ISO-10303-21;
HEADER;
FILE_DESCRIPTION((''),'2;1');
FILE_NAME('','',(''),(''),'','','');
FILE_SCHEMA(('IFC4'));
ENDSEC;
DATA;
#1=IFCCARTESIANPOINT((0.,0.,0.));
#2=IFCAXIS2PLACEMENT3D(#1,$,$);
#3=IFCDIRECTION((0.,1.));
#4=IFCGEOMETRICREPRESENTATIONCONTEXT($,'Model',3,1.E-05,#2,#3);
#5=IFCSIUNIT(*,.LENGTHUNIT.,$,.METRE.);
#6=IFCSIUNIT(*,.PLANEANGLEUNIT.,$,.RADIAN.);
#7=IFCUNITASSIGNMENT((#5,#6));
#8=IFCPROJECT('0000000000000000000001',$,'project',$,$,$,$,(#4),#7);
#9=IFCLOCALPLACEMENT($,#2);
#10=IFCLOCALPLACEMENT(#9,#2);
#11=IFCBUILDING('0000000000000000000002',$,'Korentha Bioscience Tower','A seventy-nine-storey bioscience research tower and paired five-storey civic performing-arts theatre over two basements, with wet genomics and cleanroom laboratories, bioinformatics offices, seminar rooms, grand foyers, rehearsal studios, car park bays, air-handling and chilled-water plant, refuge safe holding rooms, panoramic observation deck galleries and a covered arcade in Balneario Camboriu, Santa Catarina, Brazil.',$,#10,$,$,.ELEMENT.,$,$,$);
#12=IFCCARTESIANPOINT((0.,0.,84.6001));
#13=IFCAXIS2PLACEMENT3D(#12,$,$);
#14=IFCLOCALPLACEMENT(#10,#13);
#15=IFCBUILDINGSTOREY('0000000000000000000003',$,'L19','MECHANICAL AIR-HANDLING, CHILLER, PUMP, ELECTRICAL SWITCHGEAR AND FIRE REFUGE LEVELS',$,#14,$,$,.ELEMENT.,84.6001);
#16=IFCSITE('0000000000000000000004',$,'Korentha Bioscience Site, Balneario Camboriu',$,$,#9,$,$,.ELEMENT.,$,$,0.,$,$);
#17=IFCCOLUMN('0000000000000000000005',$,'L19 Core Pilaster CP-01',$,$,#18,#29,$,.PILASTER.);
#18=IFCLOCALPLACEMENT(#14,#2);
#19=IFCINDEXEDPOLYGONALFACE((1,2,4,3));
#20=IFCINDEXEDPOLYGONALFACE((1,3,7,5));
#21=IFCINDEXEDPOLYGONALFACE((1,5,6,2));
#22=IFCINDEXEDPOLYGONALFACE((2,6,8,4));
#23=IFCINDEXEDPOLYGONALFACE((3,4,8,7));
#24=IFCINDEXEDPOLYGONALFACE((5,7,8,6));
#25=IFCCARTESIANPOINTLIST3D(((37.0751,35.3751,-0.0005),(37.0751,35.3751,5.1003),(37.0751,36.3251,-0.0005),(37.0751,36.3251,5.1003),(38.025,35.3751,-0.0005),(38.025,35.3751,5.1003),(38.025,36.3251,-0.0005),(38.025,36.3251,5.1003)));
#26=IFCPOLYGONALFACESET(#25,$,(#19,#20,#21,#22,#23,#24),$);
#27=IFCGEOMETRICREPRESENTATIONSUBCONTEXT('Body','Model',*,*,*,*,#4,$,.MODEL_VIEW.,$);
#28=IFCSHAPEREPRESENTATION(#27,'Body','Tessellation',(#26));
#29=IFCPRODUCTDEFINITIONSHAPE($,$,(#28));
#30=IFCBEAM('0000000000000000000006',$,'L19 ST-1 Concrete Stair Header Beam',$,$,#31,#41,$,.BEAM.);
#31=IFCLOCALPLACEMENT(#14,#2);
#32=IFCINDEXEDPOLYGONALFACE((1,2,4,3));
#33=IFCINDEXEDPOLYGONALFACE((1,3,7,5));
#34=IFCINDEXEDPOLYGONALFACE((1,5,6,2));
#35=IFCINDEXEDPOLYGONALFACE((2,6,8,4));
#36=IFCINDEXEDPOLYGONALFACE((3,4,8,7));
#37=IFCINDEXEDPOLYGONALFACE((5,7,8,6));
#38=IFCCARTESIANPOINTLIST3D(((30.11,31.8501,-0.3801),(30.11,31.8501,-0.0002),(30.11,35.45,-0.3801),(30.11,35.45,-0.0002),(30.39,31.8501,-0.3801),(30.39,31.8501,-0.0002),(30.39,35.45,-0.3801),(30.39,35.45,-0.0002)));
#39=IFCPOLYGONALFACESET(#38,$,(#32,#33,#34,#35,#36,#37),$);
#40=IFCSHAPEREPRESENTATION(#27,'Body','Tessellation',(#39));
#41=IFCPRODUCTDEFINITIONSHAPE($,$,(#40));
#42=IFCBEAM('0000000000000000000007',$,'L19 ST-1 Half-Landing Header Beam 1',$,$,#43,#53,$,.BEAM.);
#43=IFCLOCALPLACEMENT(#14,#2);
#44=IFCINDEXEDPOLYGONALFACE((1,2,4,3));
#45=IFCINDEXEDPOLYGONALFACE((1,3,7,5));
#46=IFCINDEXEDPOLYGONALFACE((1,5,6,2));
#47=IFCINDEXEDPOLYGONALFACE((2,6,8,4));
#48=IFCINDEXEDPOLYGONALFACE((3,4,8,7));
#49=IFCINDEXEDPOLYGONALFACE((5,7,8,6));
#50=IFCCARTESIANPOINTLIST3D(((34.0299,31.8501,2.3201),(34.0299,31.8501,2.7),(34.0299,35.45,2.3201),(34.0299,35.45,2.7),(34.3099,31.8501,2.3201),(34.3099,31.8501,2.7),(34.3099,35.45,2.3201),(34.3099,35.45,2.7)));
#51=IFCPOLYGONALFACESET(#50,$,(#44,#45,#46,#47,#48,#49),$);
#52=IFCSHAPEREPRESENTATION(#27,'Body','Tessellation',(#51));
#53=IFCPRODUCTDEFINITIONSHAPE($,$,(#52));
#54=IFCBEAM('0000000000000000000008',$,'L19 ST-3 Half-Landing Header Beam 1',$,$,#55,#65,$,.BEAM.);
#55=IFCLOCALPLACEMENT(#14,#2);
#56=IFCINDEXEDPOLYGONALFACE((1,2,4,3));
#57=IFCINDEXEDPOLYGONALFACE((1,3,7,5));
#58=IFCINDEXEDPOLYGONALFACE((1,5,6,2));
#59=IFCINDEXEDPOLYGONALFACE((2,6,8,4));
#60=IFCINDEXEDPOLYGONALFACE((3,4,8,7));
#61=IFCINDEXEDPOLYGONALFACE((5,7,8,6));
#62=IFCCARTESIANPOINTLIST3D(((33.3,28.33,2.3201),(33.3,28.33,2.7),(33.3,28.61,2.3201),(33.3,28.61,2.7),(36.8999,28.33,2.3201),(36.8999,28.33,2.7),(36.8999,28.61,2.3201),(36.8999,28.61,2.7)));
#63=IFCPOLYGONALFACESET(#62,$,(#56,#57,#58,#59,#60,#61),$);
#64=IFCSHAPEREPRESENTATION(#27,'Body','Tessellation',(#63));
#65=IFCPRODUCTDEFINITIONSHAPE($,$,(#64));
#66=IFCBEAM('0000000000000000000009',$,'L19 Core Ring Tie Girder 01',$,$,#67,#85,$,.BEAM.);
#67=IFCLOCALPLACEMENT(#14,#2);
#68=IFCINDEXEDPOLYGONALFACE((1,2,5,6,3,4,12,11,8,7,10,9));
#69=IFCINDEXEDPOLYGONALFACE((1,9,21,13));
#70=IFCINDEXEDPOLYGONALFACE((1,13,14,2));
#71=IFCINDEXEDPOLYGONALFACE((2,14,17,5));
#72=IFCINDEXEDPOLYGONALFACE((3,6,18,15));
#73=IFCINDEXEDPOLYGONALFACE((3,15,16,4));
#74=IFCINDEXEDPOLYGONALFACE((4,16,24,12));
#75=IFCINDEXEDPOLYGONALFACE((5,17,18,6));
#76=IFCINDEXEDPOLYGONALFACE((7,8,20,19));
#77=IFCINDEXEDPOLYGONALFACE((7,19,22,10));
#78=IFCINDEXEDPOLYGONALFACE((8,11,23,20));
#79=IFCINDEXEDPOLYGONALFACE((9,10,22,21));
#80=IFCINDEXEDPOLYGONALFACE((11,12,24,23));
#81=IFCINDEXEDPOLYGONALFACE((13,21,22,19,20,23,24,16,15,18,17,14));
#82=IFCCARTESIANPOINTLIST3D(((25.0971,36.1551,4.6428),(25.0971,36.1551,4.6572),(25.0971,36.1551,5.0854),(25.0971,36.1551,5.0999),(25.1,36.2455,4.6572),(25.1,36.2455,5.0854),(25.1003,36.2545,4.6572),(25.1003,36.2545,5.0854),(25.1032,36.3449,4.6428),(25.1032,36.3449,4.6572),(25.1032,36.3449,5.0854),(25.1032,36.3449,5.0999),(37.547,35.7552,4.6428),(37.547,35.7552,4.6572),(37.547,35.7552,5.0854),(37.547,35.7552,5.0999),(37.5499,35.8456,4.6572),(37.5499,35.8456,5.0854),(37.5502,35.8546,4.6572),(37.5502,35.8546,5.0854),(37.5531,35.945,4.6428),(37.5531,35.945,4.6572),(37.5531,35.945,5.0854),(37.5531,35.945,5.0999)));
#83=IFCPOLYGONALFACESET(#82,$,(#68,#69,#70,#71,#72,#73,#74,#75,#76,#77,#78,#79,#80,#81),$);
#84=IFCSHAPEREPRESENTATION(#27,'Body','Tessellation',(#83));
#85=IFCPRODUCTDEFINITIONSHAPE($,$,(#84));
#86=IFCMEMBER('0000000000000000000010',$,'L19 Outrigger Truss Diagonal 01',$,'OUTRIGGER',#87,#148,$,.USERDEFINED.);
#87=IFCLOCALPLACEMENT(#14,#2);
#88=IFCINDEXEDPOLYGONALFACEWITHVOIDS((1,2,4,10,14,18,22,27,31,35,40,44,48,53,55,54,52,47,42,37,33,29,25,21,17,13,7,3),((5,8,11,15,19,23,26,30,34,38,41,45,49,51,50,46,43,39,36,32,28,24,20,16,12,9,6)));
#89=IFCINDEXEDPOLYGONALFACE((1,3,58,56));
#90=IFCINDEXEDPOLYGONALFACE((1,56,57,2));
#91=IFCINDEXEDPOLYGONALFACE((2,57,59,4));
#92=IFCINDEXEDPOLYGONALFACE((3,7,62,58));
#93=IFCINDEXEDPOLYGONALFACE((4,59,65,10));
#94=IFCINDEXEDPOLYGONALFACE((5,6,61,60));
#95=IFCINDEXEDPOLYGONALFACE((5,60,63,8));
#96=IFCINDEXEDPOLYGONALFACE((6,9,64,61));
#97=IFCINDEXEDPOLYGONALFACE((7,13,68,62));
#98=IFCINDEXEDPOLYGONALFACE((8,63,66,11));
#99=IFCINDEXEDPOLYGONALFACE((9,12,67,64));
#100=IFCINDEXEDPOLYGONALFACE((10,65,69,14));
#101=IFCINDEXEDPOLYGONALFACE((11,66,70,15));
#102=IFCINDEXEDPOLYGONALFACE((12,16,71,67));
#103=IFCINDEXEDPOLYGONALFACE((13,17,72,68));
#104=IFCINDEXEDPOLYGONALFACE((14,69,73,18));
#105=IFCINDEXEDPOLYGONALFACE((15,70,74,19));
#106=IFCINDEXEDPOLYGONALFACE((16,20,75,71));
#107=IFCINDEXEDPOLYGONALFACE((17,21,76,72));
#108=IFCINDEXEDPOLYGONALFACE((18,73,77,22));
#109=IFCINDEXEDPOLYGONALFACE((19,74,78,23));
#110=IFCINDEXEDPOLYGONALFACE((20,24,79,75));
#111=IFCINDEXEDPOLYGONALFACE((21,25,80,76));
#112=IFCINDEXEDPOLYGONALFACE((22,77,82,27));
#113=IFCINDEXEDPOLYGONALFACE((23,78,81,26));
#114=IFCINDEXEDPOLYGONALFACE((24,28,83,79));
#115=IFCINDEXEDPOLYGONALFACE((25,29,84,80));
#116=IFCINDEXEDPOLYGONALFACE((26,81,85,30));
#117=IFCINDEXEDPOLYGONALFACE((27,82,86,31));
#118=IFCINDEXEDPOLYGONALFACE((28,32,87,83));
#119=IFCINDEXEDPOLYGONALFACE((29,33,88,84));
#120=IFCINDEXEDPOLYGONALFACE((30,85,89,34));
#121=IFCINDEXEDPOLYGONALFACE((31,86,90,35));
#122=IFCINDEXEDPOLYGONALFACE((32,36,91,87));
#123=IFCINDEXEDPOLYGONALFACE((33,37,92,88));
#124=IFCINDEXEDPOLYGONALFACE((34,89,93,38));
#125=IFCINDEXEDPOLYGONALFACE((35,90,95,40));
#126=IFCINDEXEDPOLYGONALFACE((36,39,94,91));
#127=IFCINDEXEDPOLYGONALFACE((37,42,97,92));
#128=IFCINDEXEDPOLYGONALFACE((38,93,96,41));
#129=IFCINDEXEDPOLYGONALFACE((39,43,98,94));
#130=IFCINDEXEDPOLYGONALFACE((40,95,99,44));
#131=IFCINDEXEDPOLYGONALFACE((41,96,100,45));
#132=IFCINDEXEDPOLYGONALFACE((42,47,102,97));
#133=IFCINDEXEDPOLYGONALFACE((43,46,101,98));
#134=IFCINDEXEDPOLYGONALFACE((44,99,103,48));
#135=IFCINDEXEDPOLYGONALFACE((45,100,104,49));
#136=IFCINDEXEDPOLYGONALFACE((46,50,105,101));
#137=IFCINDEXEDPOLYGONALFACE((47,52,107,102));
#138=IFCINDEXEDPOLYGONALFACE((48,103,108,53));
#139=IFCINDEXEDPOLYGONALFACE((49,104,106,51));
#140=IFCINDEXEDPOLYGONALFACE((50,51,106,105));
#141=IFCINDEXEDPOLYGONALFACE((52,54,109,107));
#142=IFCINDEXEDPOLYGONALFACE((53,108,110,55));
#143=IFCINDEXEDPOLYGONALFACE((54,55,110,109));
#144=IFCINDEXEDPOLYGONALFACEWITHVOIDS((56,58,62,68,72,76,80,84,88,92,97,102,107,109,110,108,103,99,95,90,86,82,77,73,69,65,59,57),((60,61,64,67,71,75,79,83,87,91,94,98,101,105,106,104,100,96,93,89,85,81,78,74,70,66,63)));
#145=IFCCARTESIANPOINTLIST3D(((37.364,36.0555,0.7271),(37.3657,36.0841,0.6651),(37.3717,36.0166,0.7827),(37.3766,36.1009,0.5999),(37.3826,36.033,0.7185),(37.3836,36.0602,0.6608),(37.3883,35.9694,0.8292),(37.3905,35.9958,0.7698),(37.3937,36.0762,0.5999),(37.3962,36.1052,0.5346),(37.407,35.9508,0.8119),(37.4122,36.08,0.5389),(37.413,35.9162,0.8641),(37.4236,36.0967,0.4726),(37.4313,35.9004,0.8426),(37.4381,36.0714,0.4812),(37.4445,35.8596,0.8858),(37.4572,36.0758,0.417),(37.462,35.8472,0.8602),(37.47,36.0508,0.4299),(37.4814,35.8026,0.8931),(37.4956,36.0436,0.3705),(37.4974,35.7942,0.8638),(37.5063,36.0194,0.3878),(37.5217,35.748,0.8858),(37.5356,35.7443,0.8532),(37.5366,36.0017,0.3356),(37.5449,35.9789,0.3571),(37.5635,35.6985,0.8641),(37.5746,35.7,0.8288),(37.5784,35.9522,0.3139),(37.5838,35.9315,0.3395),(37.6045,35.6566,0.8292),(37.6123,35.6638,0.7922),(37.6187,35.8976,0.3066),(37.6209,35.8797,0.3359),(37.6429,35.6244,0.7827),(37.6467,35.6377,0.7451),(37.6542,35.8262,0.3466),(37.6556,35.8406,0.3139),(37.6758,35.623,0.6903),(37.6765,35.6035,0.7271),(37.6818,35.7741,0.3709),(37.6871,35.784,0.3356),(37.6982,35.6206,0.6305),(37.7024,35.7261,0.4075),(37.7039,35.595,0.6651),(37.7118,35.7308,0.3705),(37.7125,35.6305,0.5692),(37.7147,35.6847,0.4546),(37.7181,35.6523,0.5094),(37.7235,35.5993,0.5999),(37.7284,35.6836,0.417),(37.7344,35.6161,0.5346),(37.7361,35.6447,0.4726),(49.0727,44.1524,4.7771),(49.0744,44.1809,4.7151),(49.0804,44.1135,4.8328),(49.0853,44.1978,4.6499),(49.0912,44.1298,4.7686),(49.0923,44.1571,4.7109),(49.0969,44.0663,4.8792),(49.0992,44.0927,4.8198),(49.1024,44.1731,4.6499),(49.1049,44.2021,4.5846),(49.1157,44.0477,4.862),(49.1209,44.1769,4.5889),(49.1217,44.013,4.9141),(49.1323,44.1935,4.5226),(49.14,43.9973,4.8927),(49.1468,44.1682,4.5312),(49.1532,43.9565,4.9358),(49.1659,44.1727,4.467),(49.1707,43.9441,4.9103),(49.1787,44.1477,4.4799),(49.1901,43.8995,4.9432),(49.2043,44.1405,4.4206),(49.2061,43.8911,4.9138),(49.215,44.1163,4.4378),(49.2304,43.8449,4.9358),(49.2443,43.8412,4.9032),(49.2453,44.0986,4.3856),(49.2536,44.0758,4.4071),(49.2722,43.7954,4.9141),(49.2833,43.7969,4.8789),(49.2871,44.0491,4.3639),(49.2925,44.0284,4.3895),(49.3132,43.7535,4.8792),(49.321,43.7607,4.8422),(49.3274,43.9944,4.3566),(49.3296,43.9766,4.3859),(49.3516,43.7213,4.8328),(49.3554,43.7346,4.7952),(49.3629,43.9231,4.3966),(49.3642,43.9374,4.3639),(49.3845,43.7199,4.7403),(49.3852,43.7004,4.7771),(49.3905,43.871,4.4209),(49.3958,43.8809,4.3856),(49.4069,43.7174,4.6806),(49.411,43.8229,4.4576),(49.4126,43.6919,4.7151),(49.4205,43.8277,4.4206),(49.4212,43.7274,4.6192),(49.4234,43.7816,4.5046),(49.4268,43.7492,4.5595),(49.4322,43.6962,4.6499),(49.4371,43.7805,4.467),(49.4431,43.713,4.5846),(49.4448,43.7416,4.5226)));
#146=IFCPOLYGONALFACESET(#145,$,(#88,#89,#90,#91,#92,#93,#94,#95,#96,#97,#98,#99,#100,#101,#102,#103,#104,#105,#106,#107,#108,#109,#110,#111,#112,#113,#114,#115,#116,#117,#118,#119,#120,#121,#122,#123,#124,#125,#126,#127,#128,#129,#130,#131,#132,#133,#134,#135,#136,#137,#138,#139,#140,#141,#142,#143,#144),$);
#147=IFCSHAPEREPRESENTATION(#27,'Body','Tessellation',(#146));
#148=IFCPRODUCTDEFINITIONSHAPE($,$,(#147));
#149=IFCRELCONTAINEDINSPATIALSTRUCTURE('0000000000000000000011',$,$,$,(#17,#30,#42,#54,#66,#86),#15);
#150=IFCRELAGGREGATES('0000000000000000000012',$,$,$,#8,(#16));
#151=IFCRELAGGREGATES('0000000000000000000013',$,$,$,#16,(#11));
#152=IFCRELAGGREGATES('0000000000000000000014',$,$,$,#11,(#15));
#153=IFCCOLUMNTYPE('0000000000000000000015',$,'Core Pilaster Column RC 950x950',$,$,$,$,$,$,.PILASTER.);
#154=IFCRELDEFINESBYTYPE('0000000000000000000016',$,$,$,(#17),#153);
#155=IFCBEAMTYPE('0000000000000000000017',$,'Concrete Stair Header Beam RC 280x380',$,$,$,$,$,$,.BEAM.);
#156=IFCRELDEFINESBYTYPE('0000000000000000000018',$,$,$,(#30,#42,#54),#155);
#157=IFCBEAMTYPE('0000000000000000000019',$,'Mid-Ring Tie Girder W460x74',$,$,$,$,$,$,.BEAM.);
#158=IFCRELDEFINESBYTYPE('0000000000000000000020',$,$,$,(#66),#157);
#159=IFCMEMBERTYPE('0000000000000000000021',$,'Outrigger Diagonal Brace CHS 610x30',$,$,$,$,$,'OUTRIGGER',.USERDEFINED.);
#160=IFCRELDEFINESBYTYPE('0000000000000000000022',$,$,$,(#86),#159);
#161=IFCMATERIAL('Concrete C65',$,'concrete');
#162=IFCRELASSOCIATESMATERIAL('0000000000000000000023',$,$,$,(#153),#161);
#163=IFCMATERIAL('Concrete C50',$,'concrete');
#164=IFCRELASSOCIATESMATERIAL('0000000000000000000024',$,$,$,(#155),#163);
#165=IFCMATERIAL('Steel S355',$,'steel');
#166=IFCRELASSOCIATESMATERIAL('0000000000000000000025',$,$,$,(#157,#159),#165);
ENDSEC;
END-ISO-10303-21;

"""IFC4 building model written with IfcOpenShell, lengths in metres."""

from ifc_helpers import new_model, si_unit, direction, frame, origin, origin_2d, place, context, subcontext, project, spatial, rectangle, hollow_circle, i_section, extrude, material, material_profile, profile_set, type_object, element, save


model = new_model("IFC4")

# Units and contexts
model_context = context("Model", 3, precision=1e-05, world=origin(), true_north=direction((0.0, 1.0)))
body_context = subcontext(model_context, "Body", "Model", "MODEL_VIEW")
ifc_project = project(units=[si_unit("LENGTHUNIT", "METRE"), si_unit("PLANEANGLEUNIT", "RADIAN")], contexts=[model_context])

# Site, building, storey
site_placement = place(None, origin())
site = spatial("IfcSite", under=ifc_project, at=site_placement, Name="Korentha Bioscience Site, Balneario Camboriu", CompositionType="ELEMENT", RefElevation=0.0)
building_placement = place(site_placement, origin())
building = spatial("IfcBuilding", under=site, at=building_placement, Name="Korentha Bioscience Tower", Description="A seventy-nine-storey bioscience research tower and paired five-storey civic performing-arts theatre over two basements, with wet genomics and cleanroom laboratories, bioinformatics offices, seminar rooms, grand foyers, rehearsal studios, car park bays, air-handling and chilled-water plant, refuge safe holding rooms, panoramic observation deck galleries and a covered arcade in Balneario Camboriu, Santa Catarina, Brazil.", CompositionType="ELEMENT")
storey_placement = place(building_placement, frame((0.0, 0.0, 84.6001)))
storey = spatial("IfcBuildingStorey", under=building, at=storey_placement, Name="L19", Description="MECHANICAL AIR-HANDLING, CHILLER, PUMP, ELECTRICAL SWITCHGEAR AND FIRE REFUGE LEVELS", CompositionType="ELEMENT", Elevation=84.6001)

# Column
ifc_material_1 = material(Name="Concrete C65", Category="concrete")
ifc_material_profile_1 = material_profile(ifc_material_1, rectangle(XDim=0.95, YDim=0.95, at=origin_2d()), Name="Concrete C65")
ifc_profile_set_1 = profile_set([ifc_material_profile_1], Name="Concrete C65 (COL-CP09)")
column_type = type_object("IfcColumnType", Name="Core Pilaster Column RC 950x950", PredefinedType="PILASTER", material=ifc_profile_set_1)
column_placement = place(storey_placement, frame((37.55, 35.8501, -0.0005), z_axis=(0.0, 0.0, 1.0), x_axis=(1.0, 0.0, 0.0)))
element("IfcColumn", 1, at=column_placement, inside=storey, type_object=column_type, Name="L19 Core Pilaster CP-01", PredefinedType="PILASTER", context=body_context, shape_type="SweptSolid", body=[
    extrude(rectangle(XDim=0.95, YDim=0.95, at=origin_2d()), origin(), (0.0, 0.0, 1.0), 5.1008),
])

# Beams
ifc_material_2 = material(Name="Concrete C50", Category="concrete")
ifc_material_profile_2 = material_profile(ifc_material_2, rectangle(XDim=0.28, YDim=0.3799, at=origin_2d()), Name="Concrete C50")
ifc_profile_set_2 = profile_set([ifc_material_profile_2], Name="Concrete C50 (ST-HB380)")
beam_type_1 = type_object("IfcBeamType", Name="Concrete Stair Header Beam RC 280x380", PredefinedType="BEAM", material=ifc_profile_set_2)
for number, where, z_axis, x_axis, name in (
    (2, (30.25, 31.8501, -0.1902), (0.0, 1.0, 0.0), (-1.0, 0.0, 0.0), "L19 ST-1 Concrete Stair Header Beam"),
    (3, (34.1699, 31.8501, 2.51), (0.0, 1.0, 0.0), (-1.0, 0.0, 0.0), "L19 ST-1 Half-Landing Header Beam 1"),
    (4, (36.8999, 28.47, 2.51), (-1.0, 0.0, 0.0), (0.0, -1.0, 0.0), "L19 ST-3 Half-Landing Header Beam 1"),
):
    element("IfcBeam", number, at=place(storey_placement, frame(where, z_axis=z_axis, x_axis=x_axis)), inside=storey, type_object=beam_type_1, Name=name, PredefinedType="BEAM", context=body_context, shape_type="SweptSolid", body=[
        extrude(rectangle(XDim=0.28, YDim=0.3799, at=origin_2d()), origin(), (0.0, 0.0, 1.0), 3.5999),
    ])
ifc_material_3 = material(Name="Steel S355", Category="steel")
ifc_material_profile_3 = material_profile(ifc_material_3, i_section(OverallWidth=0.1899, OverallDepth=0.457, WebThickness=0.009, FlangeThickness=0.0144, at=origin_2d()), Name="Steel S355")
ifc_profile_set_3 = profile_set([ifc_material_profile_3], Name="Steel S355 (MB-460)")
beam_type_2 = type_object("IfcBeamType", Name="Mid-Ring Tie Girder W460x74", PredefinedType="BEAM", material=ifc_profile_set_3)
beam_1_placement = place(storey_placement, frame((37.55, 35.8501, 4.8713), z_axis=(-0.999485, 0.032104, 0.0), x_axis=(-0.032104, -0.999485, 0.0)))
element("IfcBeam", 5, at=beam_1_placement, inside=storey, type_object=beam_type_2, Name="L19 Core Ring Tie Girder 01", PredefinedType="BEAM", context=body_context, shape_type="SweptSolid", body=[
    extrude(i_section(OverallWidth=0.1899, OverallDepth=0.457, WebThickness=0.009, FlangeThickness=0.0144, at=origin_2d()), origin(), (0.0, 0.0, 1.0), 12.4563),
])

# Member
ifc_material_profile_4 = material_profile(ifc_material_3, hollow_circle(Radius=0.3049, WallThickness=0.03, at=origin_2d()), Name="Steel S355")
ifc_profile_set_4 = profile_set([ifc_material_profile_4], Name="Steel S355 (OU-610)")
member_type = type_object("IfcMemberType", Name="Outrigger Diagonal Brace CHS 610x30", ElementType="OUTRIGGER", PredefinedType="USERDEFINED", material=ifc_profile_set_4)
member_1_placement = place(storey_placement, frame((37.55, 35.8501, 0.5999), z_axis=(0.791099, 0.547067, 0.273641), x_axis=(-0.568776, 0.822492, 0.0)))
element("IfcMember", 6, at=member_1_placement, inside=storey, type_object=member_type, Name="L19 Outrigger Truss Diagonal 01", ObjectType="OUTRIGGER", PredefinedType="USERDEFINED", context=body_context, shape_type="SweptSolid", body=[
    extrude(hollow_circle(Radius=0.3049, WallThickness=0.03, at=origin_2d()), origin(), (0.0, 0.0, 1.0), 14.8005),
])

save(model, "model.ifc")
